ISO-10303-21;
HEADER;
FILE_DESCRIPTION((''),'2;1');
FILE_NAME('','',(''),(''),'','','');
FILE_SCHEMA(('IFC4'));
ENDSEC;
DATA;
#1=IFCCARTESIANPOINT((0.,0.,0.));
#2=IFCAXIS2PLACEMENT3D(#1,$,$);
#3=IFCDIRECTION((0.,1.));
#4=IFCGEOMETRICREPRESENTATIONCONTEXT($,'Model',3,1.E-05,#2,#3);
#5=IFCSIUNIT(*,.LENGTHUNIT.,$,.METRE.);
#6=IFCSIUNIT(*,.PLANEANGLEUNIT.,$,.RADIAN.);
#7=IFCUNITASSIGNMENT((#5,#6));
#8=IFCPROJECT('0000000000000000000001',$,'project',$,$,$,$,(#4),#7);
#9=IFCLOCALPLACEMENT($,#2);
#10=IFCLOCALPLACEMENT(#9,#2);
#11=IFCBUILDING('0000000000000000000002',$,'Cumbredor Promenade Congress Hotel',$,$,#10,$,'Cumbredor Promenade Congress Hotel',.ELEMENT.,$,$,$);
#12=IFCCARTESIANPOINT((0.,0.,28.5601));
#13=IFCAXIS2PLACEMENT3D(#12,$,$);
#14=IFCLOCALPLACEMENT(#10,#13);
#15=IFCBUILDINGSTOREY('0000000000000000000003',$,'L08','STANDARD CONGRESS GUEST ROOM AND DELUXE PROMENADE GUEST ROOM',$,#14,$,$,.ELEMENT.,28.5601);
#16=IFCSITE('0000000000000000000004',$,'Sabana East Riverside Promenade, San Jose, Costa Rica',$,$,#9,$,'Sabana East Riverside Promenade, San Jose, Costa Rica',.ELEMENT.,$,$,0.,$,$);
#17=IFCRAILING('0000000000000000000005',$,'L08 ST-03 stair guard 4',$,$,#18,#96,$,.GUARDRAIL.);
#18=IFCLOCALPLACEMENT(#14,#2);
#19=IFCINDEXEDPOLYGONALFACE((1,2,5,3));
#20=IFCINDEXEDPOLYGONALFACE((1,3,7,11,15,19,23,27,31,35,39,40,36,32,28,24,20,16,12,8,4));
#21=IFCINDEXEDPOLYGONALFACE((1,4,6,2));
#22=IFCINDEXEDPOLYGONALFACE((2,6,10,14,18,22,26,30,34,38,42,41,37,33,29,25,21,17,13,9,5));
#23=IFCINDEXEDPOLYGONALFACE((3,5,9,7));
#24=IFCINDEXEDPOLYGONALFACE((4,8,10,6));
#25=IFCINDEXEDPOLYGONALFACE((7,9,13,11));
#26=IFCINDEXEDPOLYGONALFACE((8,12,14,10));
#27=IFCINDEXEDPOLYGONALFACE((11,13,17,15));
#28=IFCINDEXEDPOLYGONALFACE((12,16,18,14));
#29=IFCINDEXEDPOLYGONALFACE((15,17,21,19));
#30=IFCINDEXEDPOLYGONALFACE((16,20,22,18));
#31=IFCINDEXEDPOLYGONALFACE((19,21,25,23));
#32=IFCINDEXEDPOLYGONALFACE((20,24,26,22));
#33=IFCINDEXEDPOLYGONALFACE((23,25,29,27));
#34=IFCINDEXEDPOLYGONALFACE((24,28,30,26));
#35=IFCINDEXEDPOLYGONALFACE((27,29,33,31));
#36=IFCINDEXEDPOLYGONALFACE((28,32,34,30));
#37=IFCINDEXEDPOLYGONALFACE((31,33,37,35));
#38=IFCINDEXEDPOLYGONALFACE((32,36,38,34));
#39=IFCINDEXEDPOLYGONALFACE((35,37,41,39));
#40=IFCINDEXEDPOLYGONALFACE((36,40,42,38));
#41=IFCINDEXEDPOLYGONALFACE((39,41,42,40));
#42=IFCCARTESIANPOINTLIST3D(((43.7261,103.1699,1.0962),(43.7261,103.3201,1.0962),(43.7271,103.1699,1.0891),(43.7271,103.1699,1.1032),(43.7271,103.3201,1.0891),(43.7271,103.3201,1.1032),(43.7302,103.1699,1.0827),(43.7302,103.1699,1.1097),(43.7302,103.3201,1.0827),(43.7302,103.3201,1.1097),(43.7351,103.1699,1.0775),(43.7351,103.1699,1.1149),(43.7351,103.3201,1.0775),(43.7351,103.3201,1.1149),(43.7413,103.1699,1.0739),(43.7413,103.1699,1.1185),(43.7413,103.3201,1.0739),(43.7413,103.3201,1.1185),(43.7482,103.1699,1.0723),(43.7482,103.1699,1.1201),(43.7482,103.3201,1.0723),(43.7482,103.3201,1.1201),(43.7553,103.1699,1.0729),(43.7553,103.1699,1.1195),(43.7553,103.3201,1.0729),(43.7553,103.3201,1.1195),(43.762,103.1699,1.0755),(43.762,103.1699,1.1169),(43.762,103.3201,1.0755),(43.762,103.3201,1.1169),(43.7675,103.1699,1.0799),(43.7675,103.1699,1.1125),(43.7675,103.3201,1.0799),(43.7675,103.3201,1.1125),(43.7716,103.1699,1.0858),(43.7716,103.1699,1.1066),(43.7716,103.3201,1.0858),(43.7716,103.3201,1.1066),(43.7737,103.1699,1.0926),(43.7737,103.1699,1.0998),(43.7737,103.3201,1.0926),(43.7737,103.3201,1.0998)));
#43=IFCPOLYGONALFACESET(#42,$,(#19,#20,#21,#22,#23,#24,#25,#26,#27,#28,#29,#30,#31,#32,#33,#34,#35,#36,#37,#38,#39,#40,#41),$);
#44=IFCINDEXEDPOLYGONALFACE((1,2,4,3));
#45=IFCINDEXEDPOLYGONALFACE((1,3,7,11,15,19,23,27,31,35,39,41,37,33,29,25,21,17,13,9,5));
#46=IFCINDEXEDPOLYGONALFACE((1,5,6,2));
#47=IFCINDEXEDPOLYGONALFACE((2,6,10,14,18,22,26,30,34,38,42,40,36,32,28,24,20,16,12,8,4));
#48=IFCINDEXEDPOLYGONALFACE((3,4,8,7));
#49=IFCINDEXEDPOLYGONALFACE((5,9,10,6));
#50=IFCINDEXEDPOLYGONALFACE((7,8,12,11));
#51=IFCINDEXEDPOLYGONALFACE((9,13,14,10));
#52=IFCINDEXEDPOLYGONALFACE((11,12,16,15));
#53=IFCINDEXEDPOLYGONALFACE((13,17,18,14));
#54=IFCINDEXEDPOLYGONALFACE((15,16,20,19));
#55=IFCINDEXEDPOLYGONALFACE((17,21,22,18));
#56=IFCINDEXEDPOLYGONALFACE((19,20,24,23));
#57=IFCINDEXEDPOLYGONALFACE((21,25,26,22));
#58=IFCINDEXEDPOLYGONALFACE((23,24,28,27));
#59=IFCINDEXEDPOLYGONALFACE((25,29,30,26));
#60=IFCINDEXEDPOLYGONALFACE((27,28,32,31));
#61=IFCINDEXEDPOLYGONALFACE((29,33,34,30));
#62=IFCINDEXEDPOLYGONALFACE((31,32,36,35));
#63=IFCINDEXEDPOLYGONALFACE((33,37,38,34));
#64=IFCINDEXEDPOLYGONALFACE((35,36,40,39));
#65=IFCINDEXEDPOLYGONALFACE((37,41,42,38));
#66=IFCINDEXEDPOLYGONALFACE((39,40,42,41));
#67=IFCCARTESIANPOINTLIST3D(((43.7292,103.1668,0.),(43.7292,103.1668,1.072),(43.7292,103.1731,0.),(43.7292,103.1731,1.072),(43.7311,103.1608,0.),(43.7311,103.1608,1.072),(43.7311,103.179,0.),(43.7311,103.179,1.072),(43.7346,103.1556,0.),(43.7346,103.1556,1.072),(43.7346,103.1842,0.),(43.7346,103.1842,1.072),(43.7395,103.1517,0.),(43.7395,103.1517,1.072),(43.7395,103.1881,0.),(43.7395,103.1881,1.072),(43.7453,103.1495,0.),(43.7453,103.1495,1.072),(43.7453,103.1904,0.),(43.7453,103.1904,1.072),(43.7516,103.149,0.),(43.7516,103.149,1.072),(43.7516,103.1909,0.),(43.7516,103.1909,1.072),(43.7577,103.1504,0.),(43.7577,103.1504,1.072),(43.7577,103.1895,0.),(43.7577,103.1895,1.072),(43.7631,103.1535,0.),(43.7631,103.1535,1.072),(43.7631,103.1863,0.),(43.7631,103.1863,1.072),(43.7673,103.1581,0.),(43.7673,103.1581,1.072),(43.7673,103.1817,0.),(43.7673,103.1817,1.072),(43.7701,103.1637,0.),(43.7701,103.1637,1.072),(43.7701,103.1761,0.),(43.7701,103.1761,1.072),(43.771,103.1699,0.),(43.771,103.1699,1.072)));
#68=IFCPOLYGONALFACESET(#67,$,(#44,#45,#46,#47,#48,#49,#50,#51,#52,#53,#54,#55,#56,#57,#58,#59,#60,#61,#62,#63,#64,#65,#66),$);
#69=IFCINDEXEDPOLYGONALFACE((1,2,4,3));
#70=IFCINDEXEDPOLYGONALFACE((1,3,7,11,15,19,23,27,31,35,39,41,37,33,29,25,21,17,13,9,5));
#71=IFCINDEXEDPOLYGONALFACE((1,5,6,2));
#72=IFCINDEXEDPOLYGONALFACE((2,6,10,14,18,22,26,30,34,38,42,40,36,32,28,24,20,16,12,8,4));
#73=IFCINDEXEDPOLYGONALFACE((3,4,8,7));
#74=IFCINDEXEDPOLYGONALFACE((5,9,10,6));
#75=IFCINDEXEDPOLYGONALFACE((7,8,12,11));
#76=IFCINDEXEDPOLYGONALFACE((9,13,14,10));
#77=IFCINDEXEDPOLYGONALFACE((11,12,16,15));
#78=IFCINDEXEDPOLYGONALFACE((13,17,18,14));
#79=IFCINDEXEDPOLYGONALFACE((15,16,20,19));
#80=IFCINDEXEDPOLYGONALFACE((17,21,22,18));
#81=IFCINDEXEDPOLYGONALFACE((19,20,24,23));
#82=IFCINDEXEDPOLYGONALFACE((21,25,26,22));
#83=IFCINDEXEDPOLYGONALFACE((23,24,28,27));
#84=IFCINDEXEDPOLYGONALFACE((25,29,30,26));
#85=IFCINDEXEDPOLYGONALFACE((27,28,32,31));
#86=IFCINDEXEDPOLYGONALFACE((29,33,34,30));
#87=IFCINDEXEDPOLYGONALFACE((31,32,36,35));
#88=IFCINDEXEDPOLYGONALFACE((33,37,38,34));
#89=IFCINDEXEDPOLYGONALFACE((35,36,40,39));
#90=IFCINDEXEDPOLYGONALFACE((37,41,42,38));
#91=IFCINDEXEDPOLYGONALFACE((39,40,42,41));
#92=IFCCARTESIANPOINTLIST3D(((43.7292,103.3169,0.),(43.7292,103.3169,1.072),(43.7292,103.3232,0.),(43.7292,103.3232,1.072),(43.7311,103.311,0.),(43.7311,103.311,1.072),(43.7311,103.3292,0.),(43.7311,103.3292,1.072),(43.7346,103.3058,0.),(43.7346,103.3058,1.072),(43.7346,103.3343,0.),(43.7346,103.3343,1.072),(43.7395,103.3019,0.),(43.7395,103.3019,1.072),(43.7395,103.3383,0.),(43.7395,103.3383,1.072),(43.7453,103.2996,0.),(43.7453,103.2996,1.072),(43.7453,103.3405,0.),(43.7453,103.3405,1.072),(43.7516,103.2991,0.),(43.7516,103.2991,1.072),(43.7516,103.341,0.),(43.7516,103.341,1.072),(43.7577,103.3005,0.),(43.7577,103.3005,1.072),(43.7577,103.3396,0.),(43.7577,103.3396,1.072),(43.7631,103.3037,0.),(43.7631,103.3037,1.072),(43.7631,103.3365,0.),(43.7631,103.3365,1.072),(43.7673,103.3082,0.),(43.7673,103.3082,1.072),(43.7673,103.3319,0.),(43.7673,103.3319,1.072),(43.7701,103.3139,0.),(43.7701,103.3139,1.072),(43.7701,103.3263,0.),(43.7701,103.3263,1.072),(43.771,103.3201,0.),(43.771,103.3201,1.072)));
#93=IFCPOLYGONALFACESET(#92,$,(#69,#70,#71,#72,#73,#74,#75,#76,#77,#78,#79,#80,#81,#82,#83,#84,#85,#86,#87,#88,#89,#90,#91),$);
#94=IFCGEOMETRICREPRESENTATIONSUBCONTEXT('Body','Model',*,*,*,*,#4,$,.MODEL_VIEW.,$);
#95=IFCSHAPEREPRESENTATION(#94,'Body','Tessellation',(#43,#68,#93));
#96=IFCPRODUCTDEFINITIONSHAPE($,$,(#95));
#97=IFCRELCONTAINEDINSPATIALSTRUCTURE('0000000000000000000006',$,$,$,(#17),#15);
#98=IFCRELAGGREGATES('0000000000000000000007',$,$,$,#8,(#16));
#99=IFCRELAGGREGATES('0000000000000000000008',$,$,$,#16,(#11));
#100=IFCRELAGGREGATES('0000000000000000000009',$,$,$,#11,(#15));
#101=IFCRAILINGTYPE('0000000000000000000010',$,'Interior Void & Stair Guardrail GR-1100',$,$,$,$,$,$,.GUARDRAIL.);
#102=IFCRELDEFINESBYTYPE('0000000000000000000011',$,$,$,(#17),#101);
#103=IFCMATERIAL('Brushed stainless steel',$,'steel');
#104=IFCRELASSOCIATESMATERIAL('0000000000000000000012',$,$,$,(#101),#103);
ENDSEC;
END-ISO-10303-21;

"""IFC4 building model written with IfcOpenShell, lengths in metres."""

from ifc_helpers import new_model, si_unit, direction, frame, origin, origin_2d, place, context, subcontext, project, spatial, circle, extrude, material, type_object, element, save


model = new_model("IFC4")

# Units and contexts
model_context = context("Model", 3, precision=1e-05, world=origin(), true_north=direction((0.0, 1.0)))
body_context = subcontext(model_context, "Body", "Model", "MODEL_VIEW")
ifc_project = project(units=[si_unit("LENGTHUNIT", "METRE"), si_unit("PLANEANGLEUNIT", "RADIAN")], contexts=[model_context])

# Site, building, storey
site_placement = place(None, origin())
site = spatial("IfcSite", under=ifc_project, at=site_placement, Name="Sabana East Riverside Promenade, San Jose, Costa Rica", LongName="Sabana East Riverside Promenade, San Jose, Costa Rica", CompositionType="ELEMENT", RefElevation=0.0)
building_placement = place(site_placement, origin())
building = spatial("IfcBuilding", under=site, at=building_placement, Name="Cumbredor Promenade Congress Hotel", LongName="Cumbredor Promenade Congress Hotel", CompositionType="ELEMENT")
storey_placement = place(building_placement, frame((0.0, 0.0, 28.5601)))
storey = spatial("IfcBuildingStorey", under=building, at=storey_placement, Name="L08", Description="STANDARD CONGRESS GUEST ROOM AND DELUXE PROMENADE GUEST ROOM", CompositionType="ELEMENT", Elevation=28.5601)

# Railing
ifc_material_1 = material(Name="Brushed stainless steel", Category="steel")
railing_type_1 = type_object("IfcRailingType", Name="Interior Void & Stair Guardrail GR-1100", PredefinedType="GUARDRAIL", material=ifc_material_1)
railing_1_placement = place(storey_placement, frame((43.75, 103.1699, 0.0)))
element("IfcRailing", 1, at=railing_1_placement, inside=storey, type_object=railing_type_1, Name="L08 ST-03 stair guard 4", PredefinedType="GUARDRAIL", context=body_context, shape_type="SweptSolid", body=[
    extrude(circle(Radius=0.0239, at=origin_2d()), frame((0.0, 0.0, 1.0962), z_axis=(0.0, 1.0, 0.0), x_axis=(-1.0, 0.0, 0.0)), (0.0, 0.0, 1.0), 0.1501),
    extrude(circle(Radius=0.021, at=origin_2d()), origin(), (0.0, 0.0, 1.0), 1.072),
    extrude(circle(Radius=0.021, at=origin_2d()), frame((0.0, 0.1501, 0.0)), (0.0, 0.0, 1.0), 1.072),
])

save(model, "model.ifc")
